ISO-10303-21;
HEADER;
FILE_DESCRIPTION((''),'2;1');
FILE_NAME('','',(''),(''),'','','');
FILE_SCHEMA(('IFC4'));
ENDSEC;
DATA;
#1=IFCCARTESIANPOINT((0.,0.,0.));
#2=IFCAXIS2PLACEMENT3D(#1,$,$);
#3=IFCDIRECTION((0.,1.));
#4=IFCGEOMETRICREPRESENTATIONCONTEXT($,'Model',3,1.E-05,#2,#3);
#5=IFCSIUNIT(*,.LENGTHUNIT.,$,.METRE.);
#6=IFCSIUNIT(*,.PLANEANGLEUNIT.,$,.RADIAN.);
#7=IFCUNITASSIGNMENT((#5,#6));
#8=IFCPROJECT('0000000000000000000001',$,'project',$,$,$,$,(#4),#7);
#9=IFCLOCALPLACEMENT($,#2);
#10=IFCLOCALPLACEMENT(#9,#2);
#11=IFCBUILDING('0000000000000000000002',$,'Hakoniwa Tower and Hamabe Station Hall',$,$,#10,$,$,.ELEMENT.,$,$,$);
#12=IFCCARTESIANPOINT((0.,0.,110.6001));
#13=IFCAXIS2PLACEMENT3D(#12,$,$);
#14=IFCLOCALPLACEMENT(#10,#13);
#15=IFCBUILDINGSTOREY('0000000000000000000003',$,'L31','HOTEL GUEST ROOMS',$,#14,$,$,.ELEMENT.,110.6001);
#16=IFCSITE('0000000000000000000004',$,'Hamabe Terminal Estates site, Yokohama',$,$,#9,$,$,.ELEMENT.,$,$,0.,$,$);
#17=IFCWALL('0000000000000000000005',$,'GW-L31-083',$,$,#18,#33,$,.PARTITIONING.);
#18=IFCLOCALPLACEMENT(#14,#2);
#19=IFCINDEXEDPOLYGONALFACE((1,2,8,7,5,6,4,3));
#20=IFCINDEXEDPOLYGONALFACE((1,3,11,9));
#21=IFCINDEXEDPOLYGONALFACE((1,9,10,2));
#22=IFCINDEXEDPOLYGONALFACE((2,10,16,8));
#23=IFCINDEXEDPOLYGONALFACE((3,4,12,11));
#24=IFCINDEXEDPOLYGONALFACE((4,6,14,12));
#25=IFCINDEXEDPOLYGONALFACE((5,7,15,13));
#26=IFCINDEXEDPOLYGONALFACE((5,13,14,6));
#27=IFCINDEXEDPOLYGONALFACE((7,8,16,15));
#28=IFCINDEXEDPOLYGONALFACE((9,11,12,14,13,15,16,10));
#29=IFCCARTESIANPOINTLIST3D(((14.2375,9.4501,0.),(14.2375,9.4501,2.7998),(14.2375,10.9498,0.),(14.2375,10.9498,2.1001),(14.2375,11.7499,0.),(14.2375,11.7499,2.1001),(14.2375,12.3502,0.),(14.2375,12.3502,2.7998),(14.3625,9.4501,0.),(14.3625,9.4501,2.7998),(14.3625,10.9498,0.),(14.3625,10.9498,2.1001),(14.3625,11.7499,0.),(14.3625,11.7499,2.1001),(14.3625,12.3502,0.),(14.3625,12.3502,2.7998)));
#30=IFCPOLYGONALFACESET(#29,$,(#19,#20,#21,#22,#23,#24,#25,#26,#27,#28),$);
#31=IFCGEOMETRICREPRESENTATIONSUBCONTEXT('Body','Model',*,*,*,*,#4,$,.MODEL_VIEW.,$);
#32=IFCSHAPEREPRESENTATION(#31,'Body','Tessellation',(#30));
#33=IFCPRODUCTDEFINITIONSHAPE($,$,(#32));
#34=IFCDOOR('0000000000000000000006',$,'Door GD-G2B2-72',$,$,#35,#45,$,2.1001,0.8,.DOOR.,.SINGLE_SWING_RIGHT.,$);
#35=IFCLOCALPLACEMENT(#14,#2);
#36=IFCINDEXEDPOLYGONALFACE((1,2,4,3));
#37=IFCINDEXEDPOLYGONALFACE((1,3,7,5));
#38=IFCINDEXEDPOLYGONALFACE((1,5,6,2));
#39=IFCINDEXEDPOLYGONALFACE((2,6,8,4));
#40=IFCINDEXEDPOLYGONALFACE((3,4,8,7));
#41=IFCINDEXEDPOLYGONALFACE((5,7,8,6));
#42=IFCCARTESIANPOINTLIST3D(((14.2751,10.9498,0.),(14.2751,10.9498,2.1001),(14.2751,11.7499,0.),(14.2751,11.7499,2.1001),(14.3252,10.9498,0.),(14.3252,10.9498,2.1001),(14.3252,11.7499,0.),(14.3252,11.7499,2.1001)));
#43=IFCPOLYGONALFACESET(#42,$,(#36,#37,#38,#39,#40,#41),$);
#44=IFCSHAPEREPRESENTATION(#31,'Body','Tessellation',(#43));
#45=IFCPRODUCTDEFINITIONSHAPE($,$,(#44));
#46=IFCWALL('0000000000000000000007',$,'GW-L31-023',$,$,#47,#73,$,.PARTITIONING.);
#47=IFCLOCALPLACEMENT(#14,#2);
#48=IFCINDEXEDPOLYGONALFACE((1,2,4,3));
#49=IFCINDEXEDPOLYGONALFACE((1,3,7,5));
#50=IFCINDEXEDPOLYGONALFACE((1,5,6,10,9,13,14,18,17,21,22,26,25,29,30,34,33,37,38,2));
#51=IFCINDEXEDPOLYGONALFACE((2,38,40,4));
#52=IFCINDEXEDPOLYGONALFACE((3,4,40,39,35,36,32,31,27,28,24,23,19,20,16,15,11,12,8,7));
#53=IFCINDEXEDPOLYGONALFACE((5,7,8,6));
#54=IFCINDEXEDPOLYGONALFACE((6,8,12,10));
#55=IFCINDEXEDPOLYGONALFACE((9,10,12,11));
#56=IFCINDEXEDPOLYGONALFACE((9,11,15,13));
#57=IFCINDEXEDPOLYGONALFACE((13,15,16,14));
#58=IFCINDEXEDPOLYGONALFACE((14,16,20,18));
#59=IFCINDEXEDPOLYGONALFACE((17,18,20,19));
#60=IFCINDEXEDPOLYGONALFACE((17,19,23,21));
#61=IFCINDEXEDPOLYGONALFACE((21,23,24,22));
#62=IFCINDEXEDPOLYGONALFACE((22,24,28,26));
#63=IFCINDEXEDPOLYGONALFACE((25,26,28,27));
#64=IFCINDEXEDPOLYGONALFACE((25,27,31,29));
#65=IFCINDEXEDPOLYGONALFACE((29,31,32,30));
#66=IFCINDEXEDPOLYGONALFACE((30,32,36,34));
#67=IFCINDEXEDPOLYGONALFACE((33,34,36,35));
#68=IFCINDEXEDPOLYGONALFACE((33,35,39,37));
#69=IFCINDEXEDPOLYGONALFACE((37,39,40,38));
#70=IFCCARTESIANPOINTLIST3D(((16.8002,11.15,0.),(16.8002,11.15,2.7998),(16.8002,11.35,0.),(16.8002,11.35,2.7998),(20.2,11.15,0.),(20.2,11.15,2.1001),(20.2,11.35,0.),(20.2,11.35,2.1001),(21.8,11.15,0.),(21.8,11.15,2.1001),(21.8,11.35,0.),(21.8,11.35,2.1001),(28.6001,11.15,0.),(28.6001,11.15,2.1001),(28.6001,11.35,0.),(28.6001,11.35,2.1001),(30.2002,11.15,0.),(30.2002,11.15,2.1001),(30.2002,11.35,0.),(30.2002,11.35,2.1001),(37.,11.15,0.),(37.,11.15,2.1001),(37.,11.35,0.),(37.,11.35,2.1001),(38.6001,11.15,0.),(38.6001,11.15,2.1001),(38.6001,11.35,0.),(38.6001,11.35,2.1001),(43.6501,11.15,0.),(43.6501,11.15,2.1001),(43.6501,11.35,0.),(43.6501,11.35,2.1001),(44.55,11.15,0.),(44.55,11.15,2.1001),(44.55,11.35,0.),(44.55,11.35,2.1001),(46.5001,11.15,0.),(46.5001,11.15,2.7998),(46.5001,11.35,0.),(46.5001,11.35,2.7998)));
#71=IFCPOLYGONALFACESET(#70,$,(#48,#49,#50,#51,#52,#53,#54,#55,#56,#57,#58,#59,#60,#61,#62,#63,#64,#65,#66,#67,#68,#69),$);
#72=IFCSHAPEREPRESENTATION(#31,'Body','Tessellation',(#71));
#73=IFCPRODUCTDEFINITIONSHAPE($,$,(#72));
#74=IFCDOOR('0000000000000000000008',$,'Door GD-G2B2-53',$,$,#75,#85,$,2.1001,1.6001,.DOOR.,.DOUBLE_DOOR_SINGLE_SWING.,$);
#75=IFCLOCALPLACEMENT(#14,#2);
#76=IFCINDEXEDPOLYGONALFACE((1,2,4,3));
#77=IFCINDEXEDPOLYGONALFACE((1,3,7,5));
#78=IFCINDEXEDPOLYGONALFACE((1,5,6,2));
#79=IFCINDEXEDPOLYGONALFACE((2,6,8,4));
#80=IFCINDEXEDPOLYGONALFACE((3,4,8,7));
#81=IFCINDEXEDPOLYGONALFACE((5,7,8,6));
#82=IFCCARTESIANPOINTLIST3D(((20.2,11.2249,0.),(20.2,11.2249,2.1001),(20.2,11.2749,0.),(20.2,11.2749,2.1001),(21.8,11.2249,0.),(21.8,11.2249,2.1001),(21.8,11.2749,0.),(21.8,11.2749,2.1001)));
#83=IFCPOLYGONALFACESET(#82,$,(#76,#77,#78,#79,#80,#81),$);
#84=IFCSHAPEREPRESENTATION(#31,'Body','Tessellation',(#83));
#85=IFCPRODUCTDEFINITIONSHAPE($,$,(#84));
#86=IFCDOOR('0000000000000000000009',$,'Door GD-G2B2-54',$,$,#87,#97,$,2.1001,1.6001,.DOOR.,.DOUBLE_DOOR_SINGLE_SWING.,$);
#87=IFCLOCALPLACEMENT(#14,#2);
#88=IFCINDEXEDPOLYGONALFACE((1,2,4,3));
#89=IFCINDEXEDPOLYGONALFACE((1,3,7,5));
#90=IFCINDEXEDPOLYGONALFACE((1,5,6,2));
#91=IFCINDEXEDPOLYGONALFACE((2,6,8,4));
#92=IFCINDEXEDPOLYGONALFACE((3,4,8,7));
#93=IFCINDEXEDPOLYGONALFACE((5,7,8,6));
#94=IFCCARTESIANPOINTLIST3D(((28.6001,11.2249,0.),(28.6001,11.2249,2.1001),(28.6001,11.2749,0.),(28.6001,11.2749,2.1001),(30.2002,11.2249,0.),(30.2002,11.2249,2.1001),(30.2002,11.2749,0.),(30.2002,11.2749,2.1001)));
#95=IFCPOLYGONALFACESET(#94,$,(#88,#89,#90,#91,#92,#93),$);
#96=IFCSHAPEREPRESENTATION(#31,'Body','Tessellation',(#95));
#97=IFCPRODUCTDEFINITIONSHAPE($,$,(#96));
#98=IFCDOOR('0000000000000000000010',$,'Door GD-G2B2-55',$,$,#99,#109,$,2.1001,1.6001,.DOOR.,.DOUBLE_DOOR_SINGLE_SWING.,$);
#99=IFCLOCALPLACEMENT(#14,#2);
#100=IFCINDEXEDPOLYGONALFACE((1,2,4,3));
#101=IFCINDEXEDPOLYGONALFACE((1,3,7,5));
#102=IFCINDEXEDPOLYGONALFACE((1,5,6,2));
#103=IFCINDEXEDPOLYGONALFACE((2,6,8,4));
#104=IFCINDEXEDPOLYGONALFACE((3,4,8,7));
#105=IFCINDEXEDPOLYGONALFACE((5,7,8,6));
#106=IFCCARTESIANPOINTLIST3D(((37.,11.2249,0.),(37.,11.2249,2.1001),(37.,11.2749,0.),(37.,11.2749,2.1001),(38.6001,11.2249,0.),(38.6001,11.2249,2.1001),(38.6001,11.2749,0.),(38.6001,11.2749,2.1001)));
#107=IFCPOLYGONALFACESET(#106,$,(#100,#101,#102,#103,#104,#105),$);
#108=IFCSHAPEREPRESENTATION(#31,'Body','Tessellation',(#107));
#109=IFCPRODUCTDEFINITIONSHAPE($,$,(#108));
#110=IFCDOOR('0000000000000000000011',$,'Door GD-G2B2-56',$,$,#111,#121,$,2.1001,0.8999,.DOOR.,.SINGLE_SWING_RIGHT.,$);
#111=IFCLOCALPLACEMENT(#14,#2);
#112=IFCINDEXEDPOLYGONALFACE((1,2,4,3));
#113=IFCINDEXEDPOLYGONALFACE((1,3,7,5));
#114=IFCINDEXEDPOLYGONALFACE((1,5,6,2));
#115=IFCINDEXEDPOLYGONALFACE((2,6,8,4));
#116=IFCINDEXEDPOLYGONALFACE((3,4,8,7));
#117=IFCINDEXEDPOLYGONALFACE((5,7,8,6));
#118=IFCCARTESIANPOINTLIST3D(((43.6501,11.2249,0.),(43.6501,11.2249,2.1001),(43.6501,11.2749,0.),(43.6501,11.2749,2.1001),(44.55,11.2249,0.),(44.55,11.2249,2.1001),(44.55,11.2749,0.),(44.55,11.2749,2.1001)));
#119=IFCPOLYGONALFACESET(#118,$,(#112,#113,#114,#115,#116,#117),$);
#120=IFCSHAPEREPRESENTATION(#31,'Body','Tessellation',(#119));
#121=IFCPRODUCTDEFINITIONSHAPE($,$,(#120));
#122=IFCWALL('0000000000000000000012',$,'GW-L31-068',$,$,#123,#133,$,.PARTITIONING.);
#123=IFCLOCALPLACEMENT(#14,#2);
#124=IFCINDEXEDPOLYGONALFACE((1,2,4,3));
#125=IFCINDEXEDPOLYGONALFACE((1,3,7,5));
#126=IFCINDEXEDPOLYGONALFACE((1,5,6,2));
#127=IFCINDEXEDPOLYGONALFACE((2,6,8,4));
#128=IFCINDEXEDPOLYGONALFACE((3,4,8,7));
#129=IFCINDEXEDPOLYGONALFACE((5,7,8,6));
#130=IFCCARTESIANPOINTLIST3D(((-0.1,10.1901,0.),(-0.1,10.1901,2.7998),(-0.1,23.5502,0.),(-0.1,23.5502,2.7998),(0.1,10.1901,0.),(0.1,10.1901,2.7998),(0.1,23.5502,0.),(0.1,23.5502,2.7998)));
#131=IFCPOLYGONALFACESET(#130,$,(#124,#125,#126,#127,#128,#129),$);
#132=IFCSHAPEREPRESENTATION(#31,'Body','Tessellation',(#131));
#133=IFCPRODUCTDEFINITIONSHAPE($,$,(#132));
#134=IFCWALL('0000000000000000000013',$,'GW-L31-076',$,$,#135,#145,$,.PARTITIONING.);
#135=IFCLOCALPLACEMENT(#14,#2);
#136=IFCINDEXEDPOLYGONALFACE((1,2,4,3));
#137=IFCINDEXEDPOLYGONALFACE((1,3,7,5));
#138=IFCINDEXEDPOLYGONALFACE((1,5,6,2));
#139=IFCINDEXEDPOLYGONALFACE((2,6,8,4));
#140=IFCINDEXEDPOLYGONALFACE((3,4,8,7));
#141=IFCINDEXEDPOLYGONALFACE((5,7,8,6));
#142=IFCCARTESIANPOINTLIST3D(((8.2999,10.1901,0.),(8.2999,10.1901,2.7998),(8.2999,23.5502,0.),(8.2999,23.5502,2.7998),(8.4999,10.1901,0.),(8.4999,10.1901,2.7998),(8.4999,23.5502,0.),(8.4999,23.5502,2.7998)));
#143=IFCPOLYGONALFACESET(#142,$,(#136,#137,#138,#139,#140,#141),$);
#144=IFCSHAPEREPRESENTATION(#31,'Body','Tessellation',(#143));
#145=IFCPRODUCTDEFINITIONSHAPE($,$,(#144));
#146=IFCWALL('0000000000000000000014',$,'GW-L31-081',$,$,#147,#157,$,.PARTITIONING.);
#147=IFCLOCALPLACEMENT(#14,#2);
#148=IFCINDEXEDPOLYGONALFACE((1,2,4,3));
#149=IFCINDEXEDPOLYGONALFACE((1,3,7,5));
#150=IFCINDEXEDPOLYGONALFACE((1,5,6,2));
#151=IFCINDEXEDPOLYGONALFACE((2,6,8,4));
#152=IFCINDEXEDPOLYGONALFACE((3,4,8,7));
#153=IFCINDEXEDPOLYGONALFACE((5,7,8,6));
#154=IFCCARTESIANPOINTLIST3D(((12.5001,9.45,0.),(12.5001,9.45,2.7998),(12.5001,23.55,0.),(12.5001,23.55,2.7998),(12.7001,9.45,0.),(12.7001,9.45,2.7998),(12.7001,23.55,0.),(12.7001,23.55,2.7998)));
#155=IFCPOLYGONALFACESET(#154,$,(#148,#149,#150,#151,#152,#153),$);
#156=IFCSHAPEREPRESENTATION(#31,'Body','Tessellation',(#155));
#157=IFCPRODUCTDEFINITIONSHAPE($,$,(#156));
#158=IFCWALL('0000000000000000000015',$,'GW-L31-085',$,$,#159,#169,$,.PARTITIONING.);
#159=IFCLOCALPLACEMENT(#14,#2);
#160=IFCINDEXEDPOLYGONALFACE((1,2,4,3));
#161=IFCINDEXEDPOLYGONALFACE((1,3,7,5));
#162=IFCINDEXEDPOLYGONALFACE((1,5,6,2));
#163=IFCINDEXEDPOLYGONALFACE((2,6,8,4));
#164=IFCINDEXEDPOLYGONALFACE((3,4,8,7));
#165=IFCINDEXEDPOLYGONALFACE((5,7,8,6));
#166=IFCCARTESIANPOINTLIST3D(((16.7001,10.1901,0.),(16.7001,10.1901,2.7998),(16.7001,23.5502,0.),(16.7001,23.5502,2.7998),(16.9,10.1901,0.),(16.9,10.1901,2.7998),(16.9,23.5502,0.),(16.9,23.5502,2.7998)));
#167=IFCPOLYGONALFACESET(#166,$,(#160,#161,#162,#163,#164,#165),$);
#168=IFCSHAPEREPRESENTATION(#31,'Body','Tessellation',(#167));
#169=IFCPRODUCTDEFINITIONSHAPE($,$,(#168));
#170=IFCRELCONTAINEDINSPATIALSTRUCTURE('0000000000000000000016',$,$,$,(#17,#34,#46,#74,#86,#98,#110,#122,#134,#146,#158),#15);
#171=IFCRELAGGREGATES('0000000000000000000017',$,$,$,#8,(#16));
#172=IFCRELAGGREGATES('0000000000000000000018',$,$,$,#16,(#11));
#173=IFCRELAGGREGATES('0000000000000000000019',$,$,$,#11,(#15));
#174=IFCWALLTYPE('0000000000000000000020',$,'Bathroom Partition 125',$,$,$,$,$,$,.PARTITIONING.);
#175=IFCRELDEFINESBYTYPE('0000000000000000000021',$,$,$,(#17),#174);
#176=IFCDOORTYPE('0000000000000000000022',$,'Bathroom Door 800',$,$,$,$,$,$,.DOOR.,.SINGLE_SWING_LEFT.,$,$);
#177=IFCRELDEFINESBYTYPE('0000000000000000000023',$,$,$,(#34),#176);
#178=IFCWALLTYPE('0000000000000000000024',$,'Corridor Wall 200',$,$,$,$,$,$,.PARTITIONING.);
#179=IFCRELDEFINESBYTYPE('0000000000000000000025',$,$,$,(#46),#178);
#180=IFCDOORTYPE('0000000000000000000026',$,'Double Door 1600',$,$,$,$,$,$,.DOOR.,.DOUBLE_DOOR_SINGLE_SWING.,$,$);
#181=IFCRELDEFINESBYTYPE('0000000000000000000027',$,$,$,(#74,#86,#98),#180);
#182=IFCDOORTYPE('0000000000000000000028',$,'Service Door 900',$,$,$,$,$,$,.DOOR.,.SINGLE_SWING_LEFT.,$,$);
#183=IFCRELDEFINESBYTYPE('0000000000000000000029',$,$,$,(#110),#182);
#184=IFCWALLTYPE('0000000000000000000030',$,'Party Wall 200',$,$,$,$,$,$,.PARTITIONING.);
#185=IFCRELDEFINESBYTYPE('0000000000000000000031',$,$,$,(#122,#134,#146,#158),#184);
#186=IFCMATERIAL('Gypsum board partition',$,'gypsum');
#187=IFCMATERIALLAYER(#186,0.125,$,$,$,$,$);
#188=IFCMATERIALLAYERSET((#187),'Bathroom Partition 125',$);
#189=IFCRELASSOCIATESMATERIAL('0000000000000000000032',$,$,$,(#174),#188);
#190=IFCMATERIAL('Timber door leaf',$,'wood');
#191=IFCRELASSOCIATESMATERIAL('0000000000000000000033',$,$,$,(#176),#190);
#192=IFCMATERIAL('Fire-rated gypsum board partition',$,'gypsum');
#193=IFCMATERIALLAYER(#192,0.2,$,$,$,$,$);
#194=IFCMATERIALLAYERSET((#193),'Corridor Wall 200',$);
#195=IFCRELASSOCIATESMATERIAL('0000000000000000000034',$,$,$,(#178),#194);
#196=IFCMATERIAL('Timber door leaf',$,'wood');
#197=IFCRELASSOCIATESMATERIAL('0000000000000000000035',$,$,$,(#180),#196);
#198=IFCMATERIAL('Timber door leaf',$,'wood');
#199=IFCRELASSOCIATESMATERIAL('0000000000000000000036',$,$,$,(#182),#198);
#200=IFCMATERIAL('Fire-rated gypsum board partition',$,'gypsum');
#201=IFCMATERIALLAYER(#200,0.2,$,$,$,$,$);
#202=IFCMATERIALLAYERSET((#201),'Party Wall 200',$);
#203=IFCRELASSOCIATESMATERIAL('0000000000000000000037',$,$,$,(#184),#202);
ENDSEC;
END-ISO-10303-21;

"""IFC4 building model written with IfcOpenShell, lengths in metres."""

from ifc_helpers import new_model, si_unit, direction, frame, frame_2d, origin, place, context, subcontext, project, spatial, rectangle, extrude, material, layer, layer_set, type_object, element, fill, save


model = new_model("IFC4")

# Units and contexts
model_context = context("Model", 3, precision=1e-05, world=origin(), true_north=direction((0.0, 1.0)))
body_context = subcontext(model_context, "Body", "Model", "MODEL_VIEW")
ifc_project = project(units=[si_unit("LENGTHUNIT", "METRE"), si_unit("PLANEANGLEUNIT", "RADIAN")], contexts=[model_context])

# Site, building, storey
site_placement = place(None, origin())
site = spatial("IfcSite", under=ifc_project, at=site_placement, Name="Hamabe Terminal Estates site, Yokohama", CompositionType="ELEMENT", RefElevation=0.0)
building_placement = place(site_placement, origin())
building = spatial("IfcBuilding", under=site, at=building_placement, Name="Hakoniwa Tower and Hamabe Station Hall", CompositionType="ELEMENT")
storey_placement = place(building_placement, frame((0.0, 0.0, 110.6001)))
storey = spatial("IfcBuildingStorey", under=building, at=storey_placement, Name="L31", Description="HOTEL GUEST ROOMS", CompositionType="ELEMENT", Elevation=110.6001)

# Shared definitions
ifc_material_1 = material(Name="Gypsum board partition", Category="gypsum")
ifc_layer_1 = layer(ifc_material_1, 0.125)
ifc_layer_set_1 = layer_set([ifc_layer_1], Name="Bathroom Partition 125")
wall_type_1 = type_object("IfcWallType", Name="Bathroom Partition 125", PredefinedType="PARTITIONING", material=ifc_layer_set_1)

# Wall, opening, door
wall_1_placement = place(storey_placement, frame((14.3, 9.45, 0.0), z_axis=(0.0, 0.0, 1.0), x_axis=(0.0, 1.0, 0.0)))
wall_1 = element("IfcWall", 1, at=wall_1_placement, inside=storey, type_object=wall_type_1, Name="GW-L31-083", PredefinedType="PARTITIONING", context=body_context, shape_type="SweptSolid", body=[
    extrude(rectangle(XDim=2.9001, YDim=0.125, at=frame_2d((1.4502, 0.0))), origin(), (0.0, 0.0, 1.0), 2.7998),
])
opening_1_placement = place(wall_1_placement, frame((1.5, 0.0, 0.0)))
opening_1 = element("IfcOpeningElement", 2, at=opening_1_placement, cuts=wall_1, PredefinedType="OPENING", context=body_context, shape_type="SweptSolid", body=[
    extrude(rectangle(XDim=0.8, YDim=2.1001, at=frame_2d((0.3999, 1.05))), frame((0.0, 0.0725, 0.0), z_axis=(0.0, -1.0, 0.0), x_axis=(1.0, 0.0, 0.0)), (0.0, 0.0, 1.0), 0.145),
])
ifc_material_2 = material(Name="Timber door leaf", Category="wood")
door_type_1 = type_object("IfcDoorType", Name="Bathroom Door 800", OperationType="SINGLE_SWING_LEFT", PredefinedType="DOOR", material=ifc_material_2)
door_1_placement = place(opening_1_placement, origin())
door_1 = element("IfcDoor", 3, at=door_1_placement, inside=storey, type_object=door_type_1, Name="Door GD-G2B2-72", OperationType="SINGLE_SWING_RIGHT", OverallHeight=2.1001, OverallWidth=0.8, PredefinedType="DOOR", context=body_context, shape_type="SweptSolid", body=[
    extrude(rectangle(XDim=0.8, YDim=2.1001, at=frame_2d((0.3999, 1.05))), frame((0.0, 0.0249, 0.0), z_axis=(0.0, -1.0, 0.0), x_axis=(1.0, 0.0, 0.0)), (0.0, 0.0, 1.0), 0.05),
])
fill(opening_1, door_1)

# Wall, openings, doors
ifc_material_3 = material(Name="Fire-rated gypsum board partition", Category="gypsum")
ifc_layer_2 = layer(ifc_material_3, 0.2)
ifc_layer_set_2 = layer_set([ifc_layer_2], Name="Corridor Wall 200")
wall_type_2 = type_object("IfcWallType", Name="Corridor Wall 200", PredefinedType="PARTITIONING", material=ifc_layer_set_2)
wall_2_placement = place(storey_placement, frame((16.8, 11.25, 0.0), z_axis=(0.0, 0.0, 1.0), x_axis=(1.0, 0.0, 0.0)))
wall_2 = element("IfcWall", 4, at=wall_2_placement, inside=storey, type_object=wall_type_2, Name="GW-L31-023", PredefinedType="PARTITIONING", context=body_context, shape_type="SweptSolid", body=[
    extrude(rectangle(XDim=29.7, YDim=0.2, at=frame_2d((14.8501, 0.0))), origin(), (0.0, 0.0, 1.0), 2.7998),
])
opening_2_placement = place(wall_2_placement, frame((3.3999, 0.0, 0.0)))
opening_2 = element("IfcOpeningElement", 5, at=opening_2_placement, cuts=wall_2, PredefinedType="OPENING", context=body_context, shape_type="SweptSolid", body=[
    extrude(rectangle(XDim=1.6001, YDim=2.1001, at=frame_2d((0.8, 1.05))), frame((0.0, 0.1099, 0.0), z_axis=(0.0, -1.0, 0.0), x_axis=(1.0, 0.0, 0.0)), (0.0, 0.0, 1.0), 0.22),
])
opening_3_placement = place(wall_2_placement, frame((11.8, 0.0, 0.0)))
opening_3 = element("IfcOpeningElement", 6, at=opening_3_placement, cuts=wall_2, PredefinedType="OPENING", context=body_context, shape_type="SweptSolid", body=[
    extrude(rectangle(XDim=1.6001, YDim=2.1001, at=frame_2d((0.8, 1.05))), frame((0.0, 0.1099, 0.0), z_axis=(0.0, -1.0, 0.0), x_axis=(1.0, 0.0, 0.0)), (0.0, 0.0, 1.0), 0.22),
])
opening_4_placement = place(wall_2_placement, frame((20.2, 0.0, 0.0)))
opening_4 = element("IfcOpeningElement", 7, at=opening_4_placement, cuts=wall_2, PredefinedType="OPENING", context=body_context, shape_type="SweptSolid", body=[
    extrude(rectangle(XDim=1.6001, YDim=2.1001, at=frame_2d((0.8, 1.05))), frame((0.0, 0.1099, 0.0), z_axis=(0.0, -1.0, 0.0), x_axis=(1.0, 0.0, 0.0)), (0.0, 0.0, 1.0), 0.22),
])
opening_5_placement = place(wall_2_placement, frame((26.8501, 0.0, 0.0)))
opening_5 = element("IfcOpeningElement", 8, at=opening_5_placement, cuts=wall_2, PredefinedType="OPENING", context=body_context, shape_type="SweptSolid", body=[
    extrude(rectangle(XDim=0.8999, YDim=2.1001, at=frame_2d((0.45, 1.05))), frame((0.0, 0.1099, 0.0), z_axis=(0.0, -1.0, 0.0), x_axis=(1.0, 0.0, 0.0)), (0.0, 0.0, 1.0), 0.22),
])
ifc_material_4 = material(Name="Timber door leaf", Category="wood")
door_type_2 = type_object("IfcDoorType", Name="Double Door 1600", OperationType="DOUBLE_DOOR_SINGLE_SWING", PredefinedType="DOOR", material=ifc_material_4)
door_2_placement = place(opening_2_placement, origin())
door_2 = element("IfcDoor", 9, at=door_2_placement, inside=storey, type_object=door_type_2, Name="Door GD-G2B2-53", OperationType="DOUBLE_DOOR_SINGLE_SWING", OverallHeight=2.1001, OverallWidth=1.6001, PredefinedType="DOOR", context=body_context, shape_type="SweptSolid", body=[
    extrude(rectangle(XDim=1.6001, YDim=2.1001, at=frame_2d((0.8, 1.05))), frame((0.0, 0.0249, 0.0), z_axis=(0.0, -1.0, 0.0), x_axis=(1.0, 0.0, 0.0)), (0.0, 0.0, 1.0), 0.05),
])
fill(opening_2, door_2)
door_3_placement = place(opening_3_placement, origin())
door_3 = element("IfcDoor", 10, at=door_3_placement, inside=storey, type_object=door_type_2, Name="Door GD-G2B2-54", OperationType="DOUBLE_DOOR_SINGLE_SWING", OverallHeight=2.1001, OverallWidth=1.6001, PredefinedType="DOOR", context=body_context, shape_type="SweptSolid", body=[
    extrude(rectangle(XDim=1.6001, YDim=2.1001, at=frame_2d((0.8, 1.05))), frame((0.0, 0.0249, 0.0), z_axis=(0.0, -1.0, 0.0), x_axis=(1.0, 0.0, 0.0)), (0.0, 0.0, 1.0), 0.05),
])
fill(opening_3, door_3)
door_4_placement = place(opening_4_placement, origin())
door_4 = element("IfcDoor", 11, at=door_4_placement, inside=storey, type_object=door_type_2, Name="Door GD-G2B2-55", OperationType="DOUBLE_DOOR_SINGLE_SWING", OverallHeight=2.1001, OverallWidth=1.6001, PredefinedType="DOOR", context=body_context, shape_type="SweptSolid", body=[
    extrude(rectangle(XDim=1.6001, YDim=2.1001, at=frame_2d((0.8, 1.05))), frame((0.0, 0.0249, 0.0), z_axis=(0.0, -1.0, 0.0), x_axis=(1.0, 0.0, 0.0)), (0.0, 0.0, 1.0), 0.05),
])
fill(opening_4, door_4)
ifc_material_5 = material(Name="Timber door leaf", Category="wood")
door_type_3 = type_object("IfcDoorType", Name="Service Door 900", OperationType="SINGLE_SWING_LEFT", PredefinedType="DOOR", material=ifc_material_5)
door_5_placement = place(opening_5_placement, origin())
door_5 = element("IfcDoor", 12, at=door_5_placement, inside=storey, type_object=door_type_3, Name="Door GD-G2B2-56", OperationType="SINGLE_SWING_RIGHT", OverallHeight=2.1001, OverallWidth=0.8999, PredefinedType="DOOR", context=body_context, shape_type="SweptSolid", body=[
    extrude(rectangle(XDim=0.8999, YDim=2.1001, at=frame_2d((0.45, 1.05))), frame((0.0, 0.0249, 0.0), z_axis=(0.0, -1.0, 0.0), x_axis=(1.0, 0.0, 0.0)), (0.0, 0.0, 1.0), 0.05),
])
fill(opening_5, door_5)

# Walls
ifc_material_6 = material(Name="Fire-rated gypsum board partition", Category="gypsum")
ifc_layer_3 = layer(ifc_material_6, 0.2)
ifc_layer_set_3 = layer_set([ifc_layer_3], Name="Party Wall 200")
wall_type_3 = type_object("IfcWallType", Name="Party Wall 200", PredefinedType="PARTITIONING", material=ifc_layer_set_3)
for number, where, z_axis, x_axis, name in (
    (13, (0.0, 10.1899, 0.0), (0.0, 0.0, 1.0), (0.0, 1.0, 0.0), "GW-L31-068"),
    (14, (8.3999, 10.1899, 0.0), (0.0, 0.0, 1.0), (0.0, 1.0, 0.0), "GW-L31-076"),
):
    element("IfcWall", number, at=place(storey_placement, frame(where, z_axis=z_axis, x_axis=x_axis)), inside=storey, type_object=wall_type_3, Name=name, PredefinedType="PARTITIONING", context=body_context, shape_type="SweptSolid", body=[
        extrude(rectangle(XDim=13.3601, YDim=0.2, at=frame_2d((6.6802, 0.0))), origin(), (0.0, 0.0, 1.0), 2.7998),
    ])
wall_3_placement = place(storey_placement, frame((12.6001, 9.45, 0.0), z_axis=(0.0, 0.0, 1.0), x_axis=(0.0, 1.0, 0.0)))
element("IfcWall", 15, at=wall_3_placement, inside=storey, type_object=wall_type_3, Name="GW-L31-081", PredefinedType="PARTITIONING", context=body_context, shape_type="SweptSolid", body=[
    extrude(rectangle(XDim=14.1001, YDim=0.2, at=frame_2d((7.05, 0.0))), origin(), (0.0, 0.0, 1.0), 2.7998),
])
wall_4_placement = place(storey_placement, frame((16.8, 10.1899, 0.0), z_axis=(0.0, 0.0, 1.0), x_axis=(0.0, 1.0, 0.0)))
element("IfcWall", 16, at=wall_4_placement, inside=storey, type_object=wall_type_3, Name="GW-L31-085", PredefinedType="PARTITIONING", context=body_context, shape_type="SweptSolid", body=[
    extrude(rectangle(XDim=13.3601, YDim=0.2, at=frame_2d((6.6802, 0.0))), origin(), (0.0, 0.0, 1.0), 2.7998),
])

save(model, "model.ifc")
